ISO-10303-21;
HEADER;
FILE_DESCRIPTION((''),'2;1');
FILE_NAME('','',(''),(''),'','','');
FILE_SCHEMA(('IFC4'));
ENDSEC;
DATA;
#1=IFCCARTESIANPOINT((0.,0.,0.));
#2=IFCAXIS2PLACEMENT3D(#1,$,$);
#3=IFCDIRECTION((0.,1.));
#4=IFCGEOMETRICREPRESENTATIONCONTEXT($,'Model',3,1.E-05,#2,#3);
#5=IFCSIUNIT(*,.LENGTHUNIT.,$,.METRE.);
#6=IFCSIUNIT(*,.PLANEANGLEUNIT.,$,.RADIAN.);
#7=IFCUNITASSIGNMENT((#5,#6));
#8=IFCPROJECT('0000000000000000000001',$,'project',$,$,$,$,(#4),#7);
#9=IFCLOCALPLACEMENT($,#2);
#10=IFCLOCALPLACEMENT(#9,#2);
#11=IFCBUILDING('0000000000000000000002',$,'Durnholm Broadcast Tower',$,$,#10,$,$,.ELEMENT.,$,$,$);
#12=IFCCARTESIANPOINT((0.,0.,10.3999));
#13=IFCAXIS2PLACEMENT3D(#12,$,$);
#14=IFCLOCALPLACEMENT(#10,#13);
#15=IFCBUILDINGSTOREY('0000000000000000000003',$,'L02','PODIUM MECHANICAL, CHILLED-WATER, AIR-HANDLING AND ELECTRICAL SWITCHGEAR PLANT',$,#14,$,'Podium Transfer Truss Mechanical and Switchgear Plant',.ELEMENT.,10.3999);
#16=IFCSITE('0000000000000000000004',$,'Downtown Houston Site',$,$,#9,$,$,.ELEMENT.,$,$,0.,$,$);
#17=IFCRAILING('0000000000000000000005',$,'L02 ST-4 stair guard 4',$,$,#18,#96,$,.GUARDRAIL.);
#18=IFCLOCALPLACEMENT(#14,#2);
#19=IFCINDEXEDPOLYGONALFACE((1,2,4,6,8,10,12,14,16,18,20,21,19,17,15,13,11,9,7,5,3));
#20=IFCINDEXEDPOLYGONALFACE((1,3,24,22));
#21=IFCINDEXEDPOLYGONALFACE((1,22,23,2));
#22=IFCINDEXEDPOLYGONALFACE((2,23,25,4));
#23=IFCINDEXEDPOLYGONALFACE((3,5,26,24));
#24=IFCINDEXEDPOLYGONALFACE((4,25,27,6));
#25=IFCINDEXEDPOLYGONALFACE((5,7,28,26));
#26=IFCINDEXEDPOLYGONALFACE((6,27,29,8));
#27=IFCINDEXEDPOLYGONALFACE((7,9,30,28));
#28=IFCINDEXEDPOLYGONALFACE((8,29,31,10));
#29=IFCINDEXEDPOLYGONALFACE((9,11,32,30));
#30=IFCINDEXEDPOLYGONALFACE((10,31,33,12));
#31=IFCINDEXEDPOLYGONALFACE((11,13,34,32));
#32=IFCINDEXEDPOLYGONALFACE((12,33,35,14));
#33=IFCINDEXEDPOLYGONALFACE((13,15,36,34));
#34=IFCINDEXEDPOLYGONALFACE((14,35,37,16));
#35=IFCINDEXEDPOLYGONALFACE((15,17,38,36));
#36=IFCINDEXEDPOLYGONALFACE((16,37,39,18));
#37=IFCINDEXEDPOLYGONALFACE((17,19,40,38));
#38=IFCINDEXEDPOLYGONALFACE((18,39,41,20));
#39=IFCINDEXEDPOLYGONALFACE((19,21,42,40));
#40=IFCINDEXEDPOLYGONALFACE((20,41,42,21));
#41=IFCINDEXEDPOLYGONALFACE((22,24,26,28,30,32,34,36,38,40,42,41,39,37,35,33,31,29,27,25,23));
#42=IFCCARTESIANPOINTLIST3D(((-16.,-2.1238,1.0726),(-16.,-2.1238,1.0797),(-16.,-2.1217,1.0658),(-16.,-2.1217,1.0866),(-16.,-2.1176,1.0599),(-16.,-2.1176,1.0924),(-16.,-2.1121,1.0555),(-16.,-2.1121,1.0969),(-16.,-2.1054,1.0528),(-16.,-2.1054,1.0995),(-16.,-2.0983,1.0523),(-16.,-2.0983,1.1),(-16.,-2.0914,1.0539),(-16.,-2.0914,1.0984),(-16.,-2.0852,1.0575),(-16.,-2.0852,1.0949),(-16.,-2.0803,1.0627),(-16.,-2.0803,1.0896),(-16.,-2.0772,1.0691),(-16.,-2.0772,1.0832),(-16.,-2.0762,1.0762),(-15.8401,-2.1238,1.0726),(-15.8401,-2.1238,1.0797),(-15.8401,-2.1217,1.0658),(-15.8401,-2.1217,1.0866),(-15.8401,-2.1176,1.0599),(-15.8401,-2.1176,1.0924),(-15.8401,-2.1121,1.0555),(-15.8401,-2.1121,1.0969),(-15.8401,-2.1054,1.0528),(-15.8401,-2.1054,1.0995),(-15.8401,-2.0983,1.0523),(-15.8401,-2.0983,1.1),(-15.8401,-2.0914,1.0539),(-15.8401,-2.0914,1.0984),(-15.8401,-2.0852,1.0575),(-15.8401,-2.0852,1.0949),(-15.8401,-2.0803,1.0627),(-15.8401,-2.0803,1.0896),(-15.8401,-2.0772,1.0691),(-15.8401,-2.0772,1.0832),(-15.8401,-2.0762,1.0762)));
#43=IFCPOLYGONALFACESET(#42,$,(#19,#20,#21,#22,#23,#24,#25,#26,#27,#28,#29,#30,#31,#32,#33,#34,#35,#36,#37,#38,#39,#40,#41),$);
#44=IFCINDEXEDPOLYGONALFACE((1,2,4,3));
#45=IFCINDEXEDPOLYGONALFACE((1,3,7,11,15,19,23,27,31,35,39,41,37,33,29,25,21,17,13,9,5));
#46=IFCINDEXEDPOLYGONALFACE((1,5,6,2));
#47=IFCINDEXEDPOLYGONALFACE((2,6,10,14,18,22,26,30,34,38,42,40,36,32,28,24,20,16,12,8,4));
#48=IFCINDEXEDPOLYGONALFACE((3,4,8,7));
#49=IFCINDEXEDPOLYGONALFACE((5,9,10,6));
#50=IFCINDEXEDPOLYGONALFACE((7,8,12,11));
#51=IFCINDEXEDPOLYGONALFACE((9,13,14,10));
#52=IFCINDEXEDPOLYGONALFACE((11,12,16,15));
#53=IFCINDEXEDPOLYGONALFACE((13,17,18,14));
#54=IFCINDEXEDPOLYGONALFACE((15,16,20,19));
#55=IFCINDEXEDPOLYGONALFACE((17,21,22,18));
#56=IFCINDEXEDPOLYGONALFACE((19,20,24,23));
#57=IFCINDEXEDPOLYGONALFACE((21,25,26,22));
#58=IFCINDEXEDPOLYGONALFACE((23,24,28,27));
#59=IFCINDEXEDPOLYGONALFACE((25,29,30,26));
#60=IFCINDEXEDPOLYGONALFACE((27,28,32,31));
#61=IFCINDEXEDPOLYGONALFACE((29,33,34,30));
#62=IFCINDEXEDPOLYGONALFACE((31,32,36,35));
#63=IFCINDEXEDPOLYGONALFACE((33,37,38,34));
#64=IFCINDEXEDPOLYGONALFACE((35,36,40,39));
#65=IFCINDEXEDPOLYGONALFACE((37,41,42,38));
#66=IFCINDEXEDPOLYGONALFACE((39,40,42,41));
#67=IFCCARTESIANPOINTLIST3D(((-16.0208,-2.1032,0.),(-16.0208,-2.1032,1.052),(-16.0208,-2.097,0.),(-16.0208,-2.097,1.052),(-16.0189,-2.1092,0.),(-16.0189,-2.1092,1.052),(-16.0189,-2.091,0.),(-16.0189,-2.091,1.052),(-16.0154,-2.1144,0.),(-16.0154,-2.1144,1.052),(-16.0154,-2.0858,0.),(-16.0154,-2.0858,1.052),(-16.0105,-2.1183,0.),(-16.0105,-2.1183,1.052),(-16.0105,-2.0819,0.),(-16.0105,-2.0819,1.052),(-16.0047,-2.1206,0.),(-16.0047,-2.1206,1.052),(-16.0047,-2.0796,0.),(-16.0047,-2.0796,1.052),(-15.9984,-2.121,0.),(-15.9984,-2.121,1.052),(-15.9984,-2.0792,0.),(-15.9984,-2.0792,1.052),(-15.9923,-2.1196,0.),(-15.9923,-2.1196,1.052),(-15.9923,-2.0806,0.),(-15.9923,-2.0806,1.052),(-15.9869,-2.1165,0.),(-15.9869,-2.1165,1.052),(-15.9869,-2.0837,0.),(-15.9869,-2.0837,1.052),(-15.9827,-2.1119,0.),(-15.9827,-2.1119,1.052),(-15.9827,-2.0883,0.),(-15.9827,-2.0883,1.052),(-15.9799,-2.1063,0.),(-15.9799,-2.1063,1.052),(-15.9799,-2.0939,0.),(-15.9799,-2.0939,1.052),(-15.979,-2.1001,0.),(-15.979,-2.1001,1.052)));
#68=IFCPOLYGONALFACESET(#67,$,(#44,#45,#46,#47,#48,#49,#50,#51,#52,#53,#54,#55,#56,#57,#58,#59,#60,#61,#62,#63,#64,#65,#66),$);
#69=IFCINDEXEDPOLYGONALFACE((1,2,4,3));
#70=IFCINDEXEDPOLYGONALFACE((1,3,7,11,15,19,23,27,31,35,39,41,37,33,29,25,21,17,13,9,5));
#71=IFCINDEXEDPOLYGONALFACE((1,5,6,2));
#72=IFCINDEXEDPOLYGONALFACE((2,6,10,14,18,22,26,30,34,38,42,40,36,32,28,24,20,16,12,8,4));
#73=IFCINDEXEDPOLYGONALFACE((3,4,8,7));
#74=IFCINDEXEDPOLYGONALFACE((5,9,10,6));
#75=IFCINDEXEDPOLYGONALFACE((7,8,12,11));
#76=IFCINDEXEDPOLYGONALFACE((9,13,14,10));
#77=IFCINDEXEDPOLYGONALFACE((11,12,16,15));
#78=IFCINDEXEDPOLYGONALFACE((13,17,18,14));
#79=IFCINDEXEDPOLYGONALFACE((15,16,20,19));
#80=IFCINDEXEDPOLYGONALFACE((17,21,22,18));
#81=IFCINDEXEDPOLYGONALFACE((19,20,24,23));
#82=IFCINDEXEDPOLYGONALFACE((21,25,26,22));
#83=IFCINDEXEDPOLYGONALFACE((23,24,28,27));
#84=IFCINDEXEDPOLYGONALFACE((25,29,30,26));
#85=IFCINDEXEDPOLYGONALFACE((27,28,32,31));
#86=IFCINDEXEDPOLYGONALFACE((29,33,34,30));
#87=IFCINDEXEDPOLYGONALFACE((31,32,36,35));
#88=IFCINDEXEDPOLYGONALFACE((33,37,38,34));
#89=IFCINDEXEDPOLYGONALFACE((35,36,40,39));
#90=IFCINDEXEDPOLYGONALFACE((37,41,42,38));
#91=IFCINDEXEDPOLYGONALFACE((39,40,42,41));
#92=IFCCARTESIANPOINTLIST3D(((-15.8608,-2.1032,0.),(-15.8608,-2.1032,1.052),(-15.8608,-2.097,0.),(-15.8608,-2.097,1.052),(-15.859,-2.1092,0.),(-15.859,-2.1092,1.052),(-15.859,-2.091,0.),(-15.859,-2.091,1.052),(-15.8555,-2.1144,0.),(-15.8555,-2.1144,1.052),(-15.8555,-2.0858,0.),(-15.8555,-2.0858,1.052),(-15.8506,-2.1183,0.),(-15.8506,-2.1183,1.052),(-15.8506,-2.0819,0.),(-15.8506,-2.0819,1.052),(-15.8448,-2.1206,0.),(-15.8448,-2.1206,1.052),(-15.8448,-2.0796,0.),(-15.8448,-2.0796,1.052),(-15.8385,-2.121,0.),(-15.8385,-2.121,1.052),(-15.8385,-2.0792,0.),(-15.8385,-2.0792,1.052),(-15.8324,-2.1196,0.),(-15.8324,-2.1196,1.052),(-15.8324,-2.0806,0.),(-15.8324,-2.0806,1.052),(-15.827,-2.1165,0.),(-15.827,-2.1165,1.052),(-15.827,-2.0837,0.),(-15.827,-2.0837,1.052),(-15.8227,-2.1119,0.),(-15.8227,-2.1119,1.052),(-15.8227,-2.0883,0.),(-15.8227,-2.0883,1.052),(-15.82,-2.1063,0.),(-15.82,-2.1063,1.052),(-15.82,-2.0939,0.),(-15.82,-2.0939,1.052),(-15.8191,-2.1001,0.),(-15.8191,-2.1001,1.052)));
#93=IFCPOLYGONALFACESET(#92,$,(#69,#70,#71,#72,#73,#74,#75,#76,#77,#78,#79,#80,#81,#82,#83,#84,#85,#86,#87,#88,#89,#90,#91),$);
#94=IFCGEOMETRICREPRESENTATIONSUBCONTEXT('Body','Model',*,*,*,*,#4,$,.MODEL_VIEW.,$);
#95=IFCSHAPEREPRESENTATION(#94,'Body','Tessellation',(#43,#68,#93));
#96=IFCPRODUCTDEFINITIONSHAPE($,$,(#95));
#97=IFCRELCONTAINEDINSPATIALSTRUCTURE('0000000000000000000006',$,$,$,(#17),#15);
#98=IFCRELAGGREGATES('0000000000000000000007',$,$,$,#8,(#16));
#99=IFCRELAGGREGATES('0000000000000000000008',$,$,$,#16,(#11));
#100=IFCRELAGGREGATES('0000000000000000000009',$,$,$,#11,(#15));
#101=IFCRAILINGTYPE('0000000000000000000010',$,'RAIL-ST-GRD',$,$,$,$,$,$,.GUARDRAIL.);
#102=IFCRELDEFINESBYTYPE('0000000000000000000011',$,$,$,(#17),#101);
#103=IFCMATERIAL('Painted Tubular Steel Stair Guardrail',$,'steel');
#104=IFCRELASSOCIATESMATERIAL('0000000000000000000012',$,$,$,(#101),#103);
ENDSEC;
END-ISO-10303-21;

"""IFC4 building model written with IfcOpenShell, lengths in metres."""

from ifc_helpers import new_model, si_unit, direction, frame, origin, origin_2d, place, context, subcontext, project, spatial, circle, extrude, material, type_object, element, save


model = new_model("IFC4")

# Units and contexts
model_context = context("Model", 3, precision=1e-05, world=origin(), true_north=direction((0.0, 1.0)))
body_context = subcontext(model_context, "Body", "Model", "MODEL_VIEW")
ifc_project = project(units=[si_unit("LENGTHUNIT", "METRE"), si_unit("PLANEANGLEUNIT", "RADIAN")], contexts=[model_context])

# Site, building, storey
site_placement = place(None, origin())
site = spatial("IfcSite", under=ifc_project, at=site_placement, Name="Downtown Houston Site", CompositionType="ELEMENT", RefElevation=0.0)
building_placement = place(site_placement, origin())
building = spatial("IfcBuilding", under=site, at=building_placement, Name="Durnholm Broadcast Tower", CompositionType="ELEMENT")
storey_placement = place(building_placement, frame((0.0, 0.0, 10.3999)))
storey = spatial("IfcBuildingStorey", under=building, at=storey_placement, Name="L02", Description="PODIUM MECHANICAL, CHILLED-WATER, AIR-HANDLING AND ELECTRICAL SWITCHGEAR PLANT", LongName="Podium Transfer Truss Mechanical and Switchgear Plant", CompositionType="ELEMENT", Elevation=10.3999)

# Railing
ifc_material_1 = material(Name="Painted Tubular Steel Stair Guardrail", Category="steel")
railing_type_1 = type_object("IfcRailingType", Name="RAIL-ST-GRD", PredefinedType="GUARDRAIL", material=ifc_material_1)
railing_1_placement = place(storey_placement, frame((-16.0, -2.1001, 0.0)))
element("IfcRailing", 1, at=railing_1_placement, inside=storey, type_object=railing_type_1, Name="L02 ST-4 stair guard 4", PredefinedType="GUARDRAIL", context=body_context, shape_type="SweptSolid", body=[
    extrude(circle(Radius=0.0239, at=origin_2d()), frame((0.0, 0.0, 1.0762), z_axis=(1.0, 0.0, 0.0), x_axis=(0.0, 1.0, 0.0)), (0.0, 0.0, 1.0), 0.1599),
    extrude(circle(Radius=0.021, at=origin_2d()), origin(), (0.0, 0.0, 1.0), 1.052),
    extrude(circle(Radius=0.021, at=origin_2d()), frame((0.1599, 0.0, 0.0)), (0.0, 0.0, 1.0), 1.052),
])

save(model, "model.ifc")
